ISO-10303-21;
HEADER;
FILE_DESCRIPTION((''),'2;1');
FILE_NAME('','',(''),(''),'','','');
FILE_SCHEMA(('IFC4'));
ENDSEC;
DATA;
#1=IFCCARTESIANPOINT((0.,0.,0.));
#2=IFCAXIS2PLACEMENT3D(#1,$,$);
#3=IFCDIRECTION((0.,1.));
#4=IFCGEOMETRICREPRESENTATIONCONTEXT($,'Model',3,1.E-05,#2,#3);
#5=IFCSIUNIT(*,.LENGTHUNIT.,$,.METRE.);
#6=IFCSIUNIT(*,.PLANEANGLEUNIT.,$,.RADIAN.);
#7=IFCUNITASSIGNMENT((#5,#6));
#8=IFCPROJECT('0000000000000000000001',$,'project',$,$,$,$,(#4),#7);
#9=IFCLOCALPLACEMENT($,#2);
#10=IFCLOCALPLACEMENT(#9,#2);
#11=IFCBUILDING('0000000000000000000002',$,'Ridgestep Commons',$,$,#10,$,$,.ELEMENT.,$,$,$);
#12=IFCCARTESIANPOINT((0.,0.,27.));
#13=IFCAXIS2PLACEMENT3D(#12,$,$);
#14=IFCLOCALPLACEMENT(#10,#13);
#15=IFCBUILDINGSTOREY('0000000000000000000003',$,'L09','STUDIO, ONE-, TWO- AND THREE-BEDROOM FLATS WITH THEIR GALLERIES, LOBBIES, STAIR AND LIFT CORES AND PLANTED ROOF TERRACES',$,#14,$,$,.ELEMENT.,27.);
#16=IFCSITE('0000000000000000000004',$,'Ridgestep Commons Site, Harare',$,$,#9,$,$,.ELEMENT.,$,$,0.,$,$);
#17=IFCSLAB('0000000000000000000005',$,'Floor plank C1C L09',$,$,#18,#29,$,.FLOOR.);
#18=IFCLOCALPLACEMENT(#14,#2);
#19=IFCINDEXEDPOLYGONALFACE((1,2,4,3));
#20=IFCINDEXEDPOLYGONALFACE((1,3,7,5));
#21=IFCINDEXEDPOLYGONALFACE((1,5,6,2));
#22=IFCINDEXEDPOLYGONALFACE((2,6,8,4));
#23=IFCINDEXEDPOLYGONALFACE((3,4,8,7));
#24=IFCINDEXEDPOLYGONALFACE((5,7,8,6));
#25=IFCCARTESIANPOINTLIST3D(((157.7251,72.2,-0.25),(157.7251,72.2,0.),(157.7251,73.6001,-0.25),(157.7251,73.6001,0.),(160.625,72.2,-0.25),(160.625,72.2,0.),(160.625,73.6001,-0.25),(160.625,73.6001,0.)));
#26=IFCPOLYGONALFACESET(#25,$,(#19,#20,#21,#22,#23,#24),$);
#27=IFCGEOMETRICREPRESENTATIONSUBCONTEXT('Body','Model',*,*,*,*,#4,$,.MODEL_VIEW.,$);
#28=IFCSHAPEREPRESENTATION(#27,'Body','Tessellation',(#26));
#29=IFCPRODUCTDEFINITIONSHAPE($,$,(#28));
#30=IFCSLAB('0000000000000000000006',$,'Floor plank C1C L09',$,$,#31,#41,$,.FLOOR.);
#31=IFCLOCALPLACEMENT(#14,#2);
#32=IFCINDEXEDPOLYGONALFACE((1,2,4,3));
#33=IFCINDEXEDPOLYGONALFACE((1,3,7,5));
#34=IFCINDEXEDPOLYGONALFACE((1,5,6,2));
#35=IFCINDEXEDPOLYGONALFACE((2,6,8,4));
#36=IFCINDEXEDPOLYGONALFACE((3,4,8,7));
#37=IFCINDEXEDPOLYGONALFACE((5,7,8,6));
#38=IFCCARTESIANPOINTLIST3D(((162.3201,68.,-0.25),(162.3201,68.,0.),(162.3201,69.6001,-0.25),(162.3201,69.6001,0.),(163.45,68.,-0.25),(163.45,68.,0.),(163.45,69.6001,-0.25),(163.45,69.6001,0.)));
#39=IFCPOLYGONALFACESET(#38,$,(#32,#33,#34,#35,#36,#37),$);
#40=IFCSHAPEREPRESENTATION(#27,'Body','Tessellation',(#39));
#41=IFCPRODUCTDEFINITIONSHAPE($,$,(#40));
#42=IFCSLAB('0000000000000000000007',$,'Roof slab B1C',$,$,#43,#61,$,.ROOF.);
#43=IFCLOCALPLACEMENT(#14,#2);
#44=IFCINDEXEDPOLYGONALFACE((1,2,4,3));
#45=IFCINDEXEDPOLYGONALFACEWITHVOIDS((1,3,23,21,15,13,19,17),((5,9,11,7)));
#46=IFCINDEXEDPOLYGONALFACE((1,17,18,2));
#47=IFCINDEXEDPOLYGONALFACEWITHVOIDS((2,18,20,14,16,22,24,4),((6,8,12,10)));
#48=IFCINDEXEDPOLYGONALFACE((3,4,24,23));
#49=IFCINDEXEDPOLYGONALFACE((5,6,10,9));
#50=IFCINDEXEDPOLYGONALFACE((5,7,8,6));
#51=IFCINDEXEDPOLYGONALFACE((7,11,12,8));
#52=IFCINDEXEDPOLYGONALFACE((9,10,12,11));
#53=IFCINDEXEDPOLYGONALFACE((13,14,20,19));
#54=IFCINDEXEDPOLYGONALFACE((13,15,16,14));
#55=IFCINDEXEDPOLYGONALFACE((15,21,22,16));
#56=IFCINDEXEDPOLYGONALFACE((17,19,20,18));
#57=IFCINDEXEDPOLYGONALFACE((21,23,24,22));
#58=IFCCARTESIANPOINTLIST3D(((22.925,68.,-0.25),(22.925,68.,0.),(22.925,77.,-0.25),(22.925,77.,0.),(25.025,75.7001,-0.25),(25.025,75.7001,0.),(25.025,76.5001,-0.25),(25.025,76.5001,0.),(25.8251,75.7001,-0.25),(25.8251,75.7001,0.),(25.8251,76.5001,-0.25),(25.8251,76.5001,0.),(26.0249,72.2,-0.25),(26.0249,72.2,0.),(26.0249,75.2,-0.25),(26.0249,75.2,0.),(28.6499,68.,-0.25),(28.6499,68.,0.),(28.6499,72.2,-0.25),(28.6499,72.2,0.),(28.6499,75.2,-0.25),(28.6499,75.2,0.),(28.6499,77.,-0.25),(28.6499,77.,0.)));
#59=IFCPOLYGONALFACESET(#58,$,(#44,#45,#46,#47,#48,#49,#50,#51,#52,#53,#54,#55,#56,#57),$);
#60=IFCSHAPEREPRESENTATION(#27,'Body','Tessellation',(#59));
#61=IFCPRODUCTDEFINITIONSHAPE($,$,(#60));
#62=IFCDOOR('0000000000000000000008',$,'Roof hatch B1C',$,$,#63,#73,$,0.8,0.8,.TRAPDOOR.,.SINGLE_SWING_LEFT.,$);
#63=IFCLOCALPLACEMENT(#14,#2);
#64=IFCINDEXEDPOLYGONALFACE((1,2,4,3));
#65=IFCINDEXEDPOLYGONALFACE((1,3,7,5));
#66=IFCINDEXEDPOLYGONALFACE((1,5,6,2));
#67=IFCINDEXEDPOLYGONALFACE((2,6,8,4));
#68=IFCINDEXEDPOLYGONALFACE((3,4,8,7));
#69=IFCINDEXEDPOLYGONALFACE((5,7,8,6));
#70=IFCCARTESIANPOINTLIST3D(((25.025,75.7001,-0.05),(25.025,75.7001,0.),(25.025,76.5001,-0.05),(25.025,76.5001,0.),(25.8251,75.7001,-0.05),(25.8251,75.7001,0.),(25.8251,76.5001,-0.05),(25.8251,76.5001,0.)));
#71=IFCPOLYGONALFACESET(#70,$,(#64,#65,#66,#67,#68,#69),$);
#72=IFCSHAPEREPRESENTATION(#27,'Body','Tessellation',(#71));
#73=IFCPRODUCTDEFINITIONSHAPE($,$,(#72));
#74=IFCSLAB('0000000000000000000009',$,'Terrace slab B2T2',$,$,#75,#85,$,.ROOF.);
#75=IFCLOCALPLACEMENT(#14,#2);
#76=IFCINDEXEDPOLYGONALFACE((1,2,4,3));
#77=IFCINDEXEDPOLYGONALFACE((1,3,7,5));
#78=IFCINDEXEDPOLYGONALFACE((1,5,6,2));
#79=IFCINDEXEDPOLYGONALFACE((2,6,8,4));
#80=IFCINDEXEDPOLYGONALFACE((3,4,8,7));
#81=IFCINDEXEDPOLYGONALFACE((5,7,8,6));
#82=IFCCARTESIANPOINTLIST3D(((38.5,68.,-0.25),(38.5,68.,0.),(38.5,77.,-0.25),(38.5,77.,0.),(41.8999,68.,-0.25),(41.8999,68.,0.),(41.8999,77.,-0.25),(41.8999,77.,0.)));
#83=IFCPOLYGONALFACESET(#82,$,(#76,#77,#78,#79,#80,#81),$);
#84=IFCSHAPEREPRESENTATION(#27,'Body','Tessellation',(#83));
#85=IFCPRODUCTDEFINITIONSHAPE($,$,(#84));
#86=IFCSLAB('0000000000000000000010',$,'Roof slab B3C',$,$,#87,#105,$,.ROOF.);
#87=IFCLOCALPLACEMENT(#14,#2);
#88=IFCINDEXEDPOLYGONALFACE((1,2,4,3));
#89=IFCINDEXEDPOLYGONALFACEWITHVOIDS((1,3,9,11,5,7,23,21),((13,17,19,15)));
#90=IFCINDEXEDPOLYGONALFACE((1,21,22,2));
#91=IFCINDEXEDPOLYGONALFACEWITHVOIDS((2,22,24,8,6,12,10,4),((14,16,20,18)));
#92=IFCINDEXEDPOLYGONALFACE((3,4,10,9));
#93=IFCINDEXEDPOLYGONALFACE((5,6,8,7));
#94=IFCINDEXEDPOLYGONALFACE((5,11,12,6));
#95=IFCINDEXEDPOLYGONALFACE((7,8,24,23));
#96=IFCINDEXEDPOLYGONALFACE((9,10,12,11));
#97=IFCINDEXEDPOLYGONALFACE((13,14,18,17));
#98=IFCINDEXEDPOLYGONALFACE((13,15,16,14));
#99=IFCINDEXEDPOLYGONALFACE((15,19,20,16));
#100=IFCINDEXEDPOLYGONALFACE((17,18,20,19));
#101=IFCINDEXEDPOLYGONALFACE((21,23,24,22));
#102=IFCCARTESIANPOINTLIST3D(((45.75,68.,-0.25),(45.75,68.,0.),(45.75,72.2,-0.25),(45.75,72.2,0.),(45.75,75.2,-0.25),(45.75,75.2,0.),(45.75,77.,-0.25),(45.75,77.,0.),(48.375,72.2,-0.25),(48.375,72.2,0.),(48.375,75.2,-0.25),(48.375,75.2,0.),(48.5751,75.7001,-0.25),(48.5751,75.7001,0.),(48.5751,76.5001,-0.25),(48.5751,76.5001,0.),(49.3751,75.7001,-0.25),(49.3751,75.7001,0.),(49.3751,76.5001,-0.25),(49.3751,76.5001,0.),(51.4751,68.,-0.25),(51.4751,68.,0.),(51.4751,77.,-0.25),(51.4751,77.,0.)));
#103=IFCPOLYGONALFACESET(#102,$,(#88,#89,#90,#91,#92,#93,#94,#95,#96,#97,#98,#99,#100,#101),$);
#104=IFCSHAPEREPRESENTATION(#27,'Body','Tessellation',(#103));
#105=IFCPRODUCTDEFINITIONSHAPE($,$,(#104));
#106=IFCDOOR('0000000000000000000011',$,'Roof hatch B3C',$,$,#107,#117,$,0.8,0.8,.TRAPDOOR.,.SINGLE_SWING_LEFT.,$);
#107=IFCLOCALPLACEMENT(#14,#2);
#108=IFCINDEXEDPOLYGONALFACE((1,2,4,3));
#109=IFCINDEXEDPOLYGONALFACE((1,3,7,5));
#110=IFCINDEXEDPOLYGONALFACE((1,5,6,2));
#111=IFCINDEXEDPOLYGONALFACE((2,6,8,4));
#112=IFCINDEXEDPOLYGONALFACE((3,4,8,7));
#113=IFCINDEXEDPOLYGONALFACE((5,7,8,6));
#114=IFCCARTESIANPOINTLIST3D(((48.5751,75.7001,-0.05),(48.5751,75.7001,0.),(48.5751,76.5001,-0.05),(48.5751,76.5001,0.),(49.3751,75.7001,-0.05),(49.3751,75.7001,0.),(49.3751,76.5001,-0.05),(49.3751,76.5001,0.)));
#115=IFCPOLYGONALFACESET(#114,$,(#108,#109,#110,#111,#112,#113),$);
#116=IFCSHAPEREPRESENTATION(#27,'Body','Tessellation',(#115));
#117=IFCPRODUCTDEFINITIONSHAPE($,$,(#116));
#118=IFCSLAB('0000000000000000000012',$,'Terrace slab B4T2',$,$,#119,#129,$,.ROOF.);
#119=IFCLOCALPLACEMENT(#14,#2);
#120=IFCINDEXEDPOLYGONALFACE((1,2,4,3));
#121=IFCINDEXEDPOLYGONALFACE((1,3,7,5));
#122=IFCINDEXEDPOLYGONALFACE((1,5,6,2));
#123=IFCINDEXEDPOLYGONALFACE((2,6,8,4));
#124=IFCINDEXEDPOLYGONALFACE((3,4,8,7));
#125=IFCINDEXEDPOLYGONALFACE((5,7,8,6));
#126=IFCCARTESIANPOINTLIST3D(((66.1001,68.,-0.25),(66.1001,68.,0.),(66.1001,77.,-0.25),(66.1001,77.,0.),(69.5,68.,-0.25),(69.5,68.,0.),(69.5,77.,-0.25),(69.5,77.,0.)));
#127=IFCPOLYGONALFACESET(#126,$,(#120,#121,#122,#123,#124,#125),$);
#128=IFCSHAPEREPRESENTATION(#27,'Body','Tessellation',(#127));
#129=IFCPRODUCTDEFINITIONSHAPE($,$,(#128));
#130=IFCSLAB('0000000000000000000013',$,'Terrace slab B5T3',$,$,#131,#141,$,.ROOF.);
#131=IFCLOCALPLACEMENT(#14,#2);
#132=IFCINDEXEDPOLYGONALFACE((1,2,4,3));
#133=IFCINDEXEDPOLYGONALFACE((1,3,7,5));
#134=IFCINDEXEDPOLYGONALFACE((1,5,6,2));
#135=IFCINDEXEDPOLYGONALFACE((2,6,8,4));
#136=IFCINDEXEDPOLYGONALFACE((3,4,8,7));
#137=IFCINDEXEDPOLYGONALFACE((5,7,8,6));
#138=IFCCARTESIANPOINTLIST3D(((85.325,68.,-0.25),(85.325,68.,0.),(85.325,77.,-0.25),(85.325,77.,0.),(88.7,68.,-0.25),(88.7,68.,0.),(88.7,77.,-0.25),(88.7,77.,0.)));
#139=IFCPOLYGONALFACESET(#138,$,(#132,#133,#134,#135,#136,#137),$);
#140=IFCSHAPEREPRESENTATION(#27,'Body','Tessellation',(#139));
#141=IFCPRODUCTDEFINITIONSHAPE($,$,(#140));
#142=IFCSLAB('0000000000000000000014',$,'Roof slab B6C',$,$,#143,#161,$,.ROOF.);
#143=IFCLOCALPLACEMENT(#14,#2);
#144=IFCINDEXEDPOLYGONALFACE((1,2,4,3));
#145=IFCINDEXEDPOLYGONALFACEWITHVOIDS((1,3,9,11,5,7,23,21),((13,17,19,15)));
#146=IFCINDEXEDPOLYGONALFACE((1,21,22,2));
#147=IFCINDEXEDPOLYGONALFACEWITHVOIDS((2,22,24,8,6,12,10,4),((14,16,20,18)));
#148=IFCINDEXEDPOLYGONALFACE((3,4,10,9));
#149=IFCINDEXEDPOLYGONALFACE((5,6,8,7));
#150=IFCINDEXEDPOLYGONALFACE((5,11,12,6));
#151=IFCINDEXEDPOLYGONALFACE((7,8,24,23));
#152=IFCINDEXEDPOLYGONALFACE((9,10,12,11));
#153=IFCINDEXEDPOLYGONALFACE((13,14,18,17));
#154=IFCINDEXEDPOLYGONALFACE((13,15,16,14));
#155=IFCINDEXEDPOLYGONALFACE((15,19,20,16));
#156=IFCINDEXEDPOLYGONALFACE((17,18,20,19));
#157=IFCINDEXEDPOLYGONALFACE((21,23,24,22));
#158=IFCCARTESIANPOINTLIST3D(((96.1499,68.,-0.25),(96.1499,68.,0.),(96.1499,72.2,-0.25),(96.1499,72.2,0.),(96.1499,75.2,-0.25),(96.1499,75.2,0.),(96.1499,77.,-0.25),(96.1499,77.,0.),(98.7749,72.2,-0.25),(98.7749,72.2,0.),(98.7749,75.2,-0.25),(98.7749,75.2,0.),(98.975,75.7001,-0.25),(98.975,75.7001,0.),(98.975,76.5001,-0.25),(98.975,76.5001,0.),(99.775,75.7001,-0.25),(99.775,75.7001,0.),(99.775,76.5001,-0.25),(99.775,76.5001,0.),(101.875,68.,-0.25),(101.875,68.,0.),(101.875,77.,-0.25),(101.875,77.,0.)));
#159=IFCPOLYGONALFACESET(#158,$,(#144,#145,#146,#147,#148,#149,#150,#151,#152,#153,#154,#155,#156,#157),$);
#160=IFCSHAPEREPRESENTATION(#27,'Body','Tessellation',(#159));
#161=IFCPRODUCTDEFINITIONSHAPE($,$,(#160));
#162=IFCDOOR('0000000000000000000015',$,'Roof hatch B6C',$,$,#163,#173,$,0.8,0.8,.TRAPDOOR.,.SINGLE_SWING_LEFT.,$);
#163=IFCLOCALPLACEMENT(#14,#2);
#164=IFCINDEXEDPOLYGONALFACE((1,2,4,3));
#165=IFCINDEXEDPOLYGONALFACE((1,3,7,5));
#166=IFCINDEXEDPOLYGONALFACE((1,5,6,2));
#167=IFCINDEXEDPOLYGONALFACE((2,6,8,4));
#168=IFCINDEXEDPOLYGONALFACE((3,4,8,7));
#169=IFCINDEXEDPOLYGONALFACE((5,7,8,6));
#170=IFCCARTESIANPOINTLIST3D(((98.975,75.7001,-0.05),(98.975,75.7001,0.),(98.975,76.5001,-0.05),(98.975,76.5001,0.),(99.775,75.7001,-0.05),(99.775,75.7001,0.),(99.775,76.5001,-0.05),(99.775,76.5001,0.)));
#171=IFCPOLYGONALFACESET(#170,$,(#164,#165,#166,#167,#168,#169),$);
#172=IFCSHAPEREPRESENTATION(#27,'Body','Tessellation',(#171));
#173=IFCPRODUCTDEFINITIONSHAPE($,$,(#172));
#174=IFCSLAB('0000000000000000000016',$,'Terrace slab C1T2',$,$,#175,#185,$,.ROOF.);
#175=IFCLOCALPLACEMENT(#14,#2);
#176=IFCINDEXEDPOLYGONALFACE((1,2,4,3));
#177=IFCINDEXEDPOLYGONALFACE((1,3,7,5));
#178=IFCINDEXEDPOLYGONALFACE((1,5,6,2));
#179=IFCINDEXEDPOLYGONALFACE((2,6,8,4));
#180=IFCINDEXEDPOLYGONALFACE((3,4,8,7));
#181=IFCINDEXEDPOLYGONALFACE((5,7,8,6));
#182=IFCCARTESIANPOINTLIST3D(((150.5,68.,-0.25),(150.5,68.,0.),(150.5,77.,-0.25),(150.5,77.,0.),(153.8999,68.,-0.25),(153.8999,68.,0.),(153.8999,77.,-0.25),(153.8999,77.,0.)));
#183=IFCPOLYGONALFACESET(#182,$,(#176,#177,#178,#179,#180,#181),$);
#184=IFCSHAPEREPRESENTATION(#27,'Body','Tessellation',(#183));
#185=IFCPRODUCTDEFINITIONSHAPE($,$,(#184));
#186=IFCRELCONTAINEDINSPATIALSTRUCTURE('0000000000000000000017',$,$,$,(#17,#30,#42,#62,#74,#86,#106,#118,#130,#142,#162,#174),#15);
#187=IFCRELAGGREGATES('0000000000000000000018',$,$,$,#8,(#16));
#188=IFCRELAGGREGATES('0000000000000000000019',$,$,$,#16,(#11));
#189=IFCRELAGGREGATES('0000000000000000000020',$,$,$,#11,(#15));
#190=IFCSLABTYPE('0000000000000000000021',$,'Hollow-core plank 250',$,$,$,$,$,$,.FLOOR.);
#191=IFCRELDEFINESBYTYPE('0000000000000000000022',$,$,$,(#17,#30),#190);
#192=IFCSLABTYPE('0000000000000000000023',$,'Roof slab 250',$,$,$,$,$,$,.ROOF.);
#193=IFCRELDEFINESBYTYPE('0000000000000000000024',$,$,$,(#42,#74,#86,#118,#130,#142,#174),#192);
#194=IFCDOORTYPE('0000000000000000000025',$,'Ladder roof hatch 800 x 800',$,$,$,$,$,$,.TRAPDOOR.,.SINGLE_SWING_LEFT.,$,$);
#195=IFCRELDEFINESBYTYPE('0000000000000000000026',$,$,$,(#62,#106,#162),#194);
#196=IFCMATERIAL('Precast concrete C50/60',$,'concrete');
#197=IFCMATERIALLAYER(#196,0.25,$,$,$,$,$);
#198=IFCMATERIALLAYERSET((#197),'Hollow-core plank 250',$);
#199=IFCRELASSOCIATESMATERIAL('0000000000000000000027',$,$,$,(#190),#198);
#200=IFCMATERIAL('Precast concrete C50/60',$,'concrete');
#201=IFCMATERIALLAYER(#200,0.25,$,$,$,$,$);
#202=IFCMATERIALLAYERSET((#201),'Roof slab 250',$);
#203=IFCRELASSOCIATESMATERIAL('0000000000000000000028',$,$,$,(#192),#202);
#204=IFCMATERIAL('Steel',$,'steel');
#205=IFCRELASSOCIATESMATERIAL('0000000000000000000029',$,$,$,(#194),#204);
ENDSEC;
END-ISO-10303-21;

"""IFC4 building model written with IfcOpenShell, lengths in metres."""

from ifc_helpers import new_model, si_unit, direction, frame, origin, origin_2d, place, context, subcontext, project, spatial, polyline, rectangle, outline, extrude, material, layer, layer_set, type_object, element, fill, save


model = new_model("IFC4")

# Units and contexts
model_context = context("Model", 3, precision=1e-05, world=origin(), true_north=direction((0.0, 1.0)))
body_context = subcontext(model_context, "Body", "Model", "MODEL_VIEW")
ifc_project = project(units=[si_unit("LENGTHUNIT", "METRE"), si_unit("PLANEANGLEUNIT", "RADIAN")], contexts=[model_context])

# Site, building, storey
site_placement = place(None, origin())
site = spatial("IfcSite", under=ifc_project, at=site_placement, Name="Ridgestep Commons Site, Harare", CompositionType="ELEMENT", RefElevation=0.0)
building_placement = place(site_placement, origin())
building = spatial("IfcBuilding", under=site, at=building_placement, Name="Ridgestep Commons", CompositionType="ELEMENT")
storey_placement = place(building_placement, frame((0.0, 0.0, 27.0)))
storey = spatial("IfcBuildingStorey", under=building, at=storey_placement, Name="L09", Description="STUDIO, ONE-, TWO- AND THREE-BEDROOM FLATS WITH THEIR GALLERIES, LOBBIES, STAIR AND LIFT CORES AND PLANTED ROOF TERRACES", CompositionType="ELEMENT", Elevation=27.0)

# Slabs
ifc_material_1 = material(Name="Precast concrete C50/60", Category="concrete")
ifc_layer_1 = layer(ifc_material_1, 0.25)
ifc_layer_set_1 = layer_set([ifc_layer_1], Name="Hollow-core plank 250")
slab_type_1 = type_object("IfcSlabType", Name="Hollow-core plank 250", PredefinedType="FLOOR", material=ifc_layer_set_1)
slab_1_placement = place(storey_placement, frame((0.0, 0.0, -0.25)))
element("IfcSlab", 1, at=slab_1_placement, inside=storey, type_object=slab_type_1, Name="Floor plank C1C L09", PredefinedType="FLOOR", context=body_context, shape_type="SweptSolid", body=[
    extrude(outline(polyline([(160.625, 72.2), (160.625, 73.6001), (157.7251, 73.6001), (157.7251, 72.2), (160.625, 72.2)])), origin(), (0.0, 0.0, 1.0), 0.25),
])
slab_2_placement = place(storey_placement, frame((0.0, 0.0, -0.25)))
element("IfcSlab", 2, at=slab_2_placement, inside=storey, type_object=slab_type_1, Name="Floor plank C1C L09", PredefinedType="FLOOR", context=body_context, shape_type="SweptSolid", body=[
    extrude(outline(polyline([(162.3201, 68.0), (163.45, 68.0), (163.45, 69.6001), (162.3201, 69.6001), (162.3201, 68.0)])), origin(), (0.0, 0.0, 1.0), 0.25),
])

# Slab, opening, door
ifc_material_2 = material(Name="Precast concrete C50/60", Category="concrete")
ifc_layer_2 = layer(ifc_material_2, 0.25)
ifc_layer_set_2 = layer_set([ifc_layer_2], Name="Roof slab 250")
slab_type_2 = type_object("IfcSlabType", Name="Roof slab 250", PredefinedType="ROOF", material=ifc_layer_set_2)
slab_3_placement = place(storey_placement, frame((0.0, 0.0, -0.25)))
slab_3 = element("IfcSlab", 3, at=slab_3_placement, inside=storey, type_object=slab_type_2, Name="Roof slab B1C", PredefinedType="ROOF", context=body_context, shape_type="SweptSolid", body=[
    extrude(outline(polyline([(28.6499, 68.0), (28.6499, 72.2), (26.0249, 72.2), (26.0249, 75.2), (28.6499, 75.2), (28.6499, 77.0), (22.925, 77.0), (22.925, 68.0), (28.6499, 68.0)])), origin(), (0.0, 0.0, 1.0), 0.25),
])
opening_1_placement = place(slab_3_placement, frame((25.425, 76.1001, 0.0)))
opening_1 = element("IfcOpeningElement", 4, at=opening_1_placement, cuts=slab_3, PredefinedType="OPENING", context=body_context, shape_type="SweptSolid", body=[
    extrude(rectangle(XDim=0.8, YDim=0.8, at=origin_2d()), origin(), (0.0, 0.0, 1.0), 0.25),
])
ifc_material_3 = material(Name="Steel", Category="steel")
door_type = type_object("IfcDoorType", Name="Ladder roof hatch 800 x 800", OperationType="SINGLE_SWING_LEFT", PredefinedType="TRAPDOOR", material=ifc_material_3)
door_1_placement = place(opening_1_placement, frame((0.0, 0.0, 0.2)))
door_1 = element("IfcDoor", 5, at=door_1_placement, inside=storey, type_object=door_type, Name="Roof hatch B1C", OperationType="SINGLE_SWING_LEFT", OverallHeight=0.8, OverallWidth=0.8, PredefinedType="TRAPDOOR", context=body_context, shape_type="SweptSolid", body=[
    extrude(rectangle(XDim=0.8, YDim=0.8, at=origin_2d()), origin(), (0.0, 0.0, 1.0), 0.05),
])
fill(opening_1, door_1)

# Slab
slab_4_placement = place(storey_placement, frame((0.0, 0.0, -0.25)))
element("IfcSlab", 6, at=slab_4_placement, inside=storey, type_object=slab_type_2, Name="Terrace slab B2T2", PredefinedType="ROOF", context=body_context, shape_type="SweptSolid", body=[
    extrude(outline(polyline([(41.8999, 68.0), (41.8999, 77.0), (38.5, 77.0), (38.5, 68.0), (41.8999, 68.0)])), origin(), (0.0, 0.0, 1.0), 0.25),
])

# Slab, opening, door
slab_5_placement = place(storey_placement, frame((0.0, 0.0, -0.25)))
slab_5 = element("IfcSlab", 7, at=slab_5_placement, inside=storey, type_object=slab_type_2, Name="Roof slab B3C", PredefinedType="ROOF", context=body_context, shape_type="SweptSolid", body=[
    extrude(outline(polyline([(45.75, 77.0), (45.75, 75.2), (48.375, 75.2), (48.375, 72.2), (45.75, 72.2), (45.75, 68.0), (51.4751, 68.0), (51.4751, 77.0), (45.75, 77.0)])), origin(), (0.0, 0.0, 1.0), 0.25),
])
opening_2_placement = place(slab_5_placement, frame((48.9751, 76.1001, 0.0)))
opening_2 = element("IfcOpeningElement", 8, at=opening_2_placement, cuts=slab_5, PredefinedType="OPENING", context=body_context, shape_type="SweptSolid", body=[
    extrude(rectangle(XDim=0.8, YDim=0.8, at=origin_2d()), origin(), (0.0, 0.0, 1.0), 0.25),
])
door_2_placement = place(opening_2_placement, frame((0.0, 0.0, 0.2)))
door_2 = element("IfcDoor", 9, at=door_2_placement, inside=storey, type_object=door_type, Name="Roof hatch B3C", OperationType="SINGLE_SWING_LEFT", OverallHeight=0.8, OverallWidth=0.8, PredefinedType="TRAPDOOR", context=body_context, shape_type="SweptSolid", body=[
    extrude(rectangle(XDim=0.8, YDim=0.8, at=origin_2d()), origin(), (0.0, 0.0, 1.0), 0.05),
])
fill(opening_2, door_2)

# Slabs
slab_6_placement = place(storey_placement, frame((0.0, 0.0, -0.25)))
element("IfcSlab", 10, at=slab_6_placement, inside=storey, type_object=slab_type_2, Name="Terrace slab B4T2", PredefinedType="ROOF", context=body_context, shape_type="SweptSolid", body=[
    extrude(outline(polyline([(69.5, 68.0), (69.5, 77.0), (66.1001, 77.0), (66.1001, 68.0), (69.5, 68.0)])), origin(), (0.0, 0.0, 1.0), 0.25),
])
slab_7_placement = place(storey_placement, frame((0.0, 0.0, -0.25)))
element("IfcSlab", 11, at=slab_7_placement, inside=storey, type_object=slab_type_2, Name="Terrace slab B5T3", PredefinedType="ROOF", context=body_context, shape_type="SweptSolid", body=[
    extrude(outline(polyline([(88.7, 68.0), (88.7, 77.0), (85.325, 77.0), (85.325, 68.0), (88.7, 68.0)])), origin(), (0.0, 0.0, 1.0), 0.25),
])

# Slab, opening, door
slab_8_placement = place(storey_placement, frame((0.0, 0.0, -0.25)))
slab_8 = element("IfcSlab", 12, at=slab_8_placement, inside=storey, type_object=slab_type_2, Name="Roof slab B6C", PredefinedType="ROOF", context=body_context, shape_type="SweptSolid", body=[
    extrude(outline(polyline([(96.1499, 77.0), (96.1499, 75.2), (98.7749, 75.2), (98.7749, 72.2), (96.1499, 72.2), (96.1499, 68.0), (101.875, 68.0), (101.875, 77.0), (96.1499, 77.0)])), origin(), (0.0, 0.0, 1.0), 0.25),
])
opening_3_placement = place(slab_8_placement, frame((99.375, 76.1001, 0.0)))
opening_3 = element("IfcOpeningElement", 13, at=opening_3_placement, cuts=slab_8, PredefinedType="OPENING", context=body_context, shape_type="SweptSolid", body=[
    extrude(rectangle(XDim=0.8, YDim=0.8, at=origin_2d()), origin(), (0.0, 0.0, 1.0), 0.25),
])
door_3_placement = place(opening_3_placement, frame((0.0, 0.0, 0.2)))
door_3 = element("IfcDoor", 14, at=door_3_placement, inside=storey, type_object=door_type, Name="Roof hatch B6C", OperationType="SINGLE_SWING_LEFT", OverallHeight=0.8, OverallWidth=0.8, PredefinedType="TRAPDOOR", context=body_context, shape_type="SweptSolid", body=[
    extrude(rectangle(XDim=0.8, YDim=0.8, at=origin_2d()), origin(), (0.0, 0.0, 1.0), 0.05),
])
fill(opening_3, door_3)

# Slab
slab_9_placement = place(storey_placement, frame((0.0, 0.0, -0.25)))
element("IfcSlab", 15, at=slab_9_placement, inside=storey, type_object=slab_type_2, Name="Terrace slab C1T2", PredefinedType="ROOF", context=body_context, shape_type="SweptSolid", body=[
    extrude(outline(polyline([(153.8999, 68.0), (153.8999, 77.0), (150.5, 77.0), (150.5, 68.0), (153.8999, 68.0)])), origin(), (0.0, 0.0, 1.0), 0.25),
])

save(model, "model.ifc")
